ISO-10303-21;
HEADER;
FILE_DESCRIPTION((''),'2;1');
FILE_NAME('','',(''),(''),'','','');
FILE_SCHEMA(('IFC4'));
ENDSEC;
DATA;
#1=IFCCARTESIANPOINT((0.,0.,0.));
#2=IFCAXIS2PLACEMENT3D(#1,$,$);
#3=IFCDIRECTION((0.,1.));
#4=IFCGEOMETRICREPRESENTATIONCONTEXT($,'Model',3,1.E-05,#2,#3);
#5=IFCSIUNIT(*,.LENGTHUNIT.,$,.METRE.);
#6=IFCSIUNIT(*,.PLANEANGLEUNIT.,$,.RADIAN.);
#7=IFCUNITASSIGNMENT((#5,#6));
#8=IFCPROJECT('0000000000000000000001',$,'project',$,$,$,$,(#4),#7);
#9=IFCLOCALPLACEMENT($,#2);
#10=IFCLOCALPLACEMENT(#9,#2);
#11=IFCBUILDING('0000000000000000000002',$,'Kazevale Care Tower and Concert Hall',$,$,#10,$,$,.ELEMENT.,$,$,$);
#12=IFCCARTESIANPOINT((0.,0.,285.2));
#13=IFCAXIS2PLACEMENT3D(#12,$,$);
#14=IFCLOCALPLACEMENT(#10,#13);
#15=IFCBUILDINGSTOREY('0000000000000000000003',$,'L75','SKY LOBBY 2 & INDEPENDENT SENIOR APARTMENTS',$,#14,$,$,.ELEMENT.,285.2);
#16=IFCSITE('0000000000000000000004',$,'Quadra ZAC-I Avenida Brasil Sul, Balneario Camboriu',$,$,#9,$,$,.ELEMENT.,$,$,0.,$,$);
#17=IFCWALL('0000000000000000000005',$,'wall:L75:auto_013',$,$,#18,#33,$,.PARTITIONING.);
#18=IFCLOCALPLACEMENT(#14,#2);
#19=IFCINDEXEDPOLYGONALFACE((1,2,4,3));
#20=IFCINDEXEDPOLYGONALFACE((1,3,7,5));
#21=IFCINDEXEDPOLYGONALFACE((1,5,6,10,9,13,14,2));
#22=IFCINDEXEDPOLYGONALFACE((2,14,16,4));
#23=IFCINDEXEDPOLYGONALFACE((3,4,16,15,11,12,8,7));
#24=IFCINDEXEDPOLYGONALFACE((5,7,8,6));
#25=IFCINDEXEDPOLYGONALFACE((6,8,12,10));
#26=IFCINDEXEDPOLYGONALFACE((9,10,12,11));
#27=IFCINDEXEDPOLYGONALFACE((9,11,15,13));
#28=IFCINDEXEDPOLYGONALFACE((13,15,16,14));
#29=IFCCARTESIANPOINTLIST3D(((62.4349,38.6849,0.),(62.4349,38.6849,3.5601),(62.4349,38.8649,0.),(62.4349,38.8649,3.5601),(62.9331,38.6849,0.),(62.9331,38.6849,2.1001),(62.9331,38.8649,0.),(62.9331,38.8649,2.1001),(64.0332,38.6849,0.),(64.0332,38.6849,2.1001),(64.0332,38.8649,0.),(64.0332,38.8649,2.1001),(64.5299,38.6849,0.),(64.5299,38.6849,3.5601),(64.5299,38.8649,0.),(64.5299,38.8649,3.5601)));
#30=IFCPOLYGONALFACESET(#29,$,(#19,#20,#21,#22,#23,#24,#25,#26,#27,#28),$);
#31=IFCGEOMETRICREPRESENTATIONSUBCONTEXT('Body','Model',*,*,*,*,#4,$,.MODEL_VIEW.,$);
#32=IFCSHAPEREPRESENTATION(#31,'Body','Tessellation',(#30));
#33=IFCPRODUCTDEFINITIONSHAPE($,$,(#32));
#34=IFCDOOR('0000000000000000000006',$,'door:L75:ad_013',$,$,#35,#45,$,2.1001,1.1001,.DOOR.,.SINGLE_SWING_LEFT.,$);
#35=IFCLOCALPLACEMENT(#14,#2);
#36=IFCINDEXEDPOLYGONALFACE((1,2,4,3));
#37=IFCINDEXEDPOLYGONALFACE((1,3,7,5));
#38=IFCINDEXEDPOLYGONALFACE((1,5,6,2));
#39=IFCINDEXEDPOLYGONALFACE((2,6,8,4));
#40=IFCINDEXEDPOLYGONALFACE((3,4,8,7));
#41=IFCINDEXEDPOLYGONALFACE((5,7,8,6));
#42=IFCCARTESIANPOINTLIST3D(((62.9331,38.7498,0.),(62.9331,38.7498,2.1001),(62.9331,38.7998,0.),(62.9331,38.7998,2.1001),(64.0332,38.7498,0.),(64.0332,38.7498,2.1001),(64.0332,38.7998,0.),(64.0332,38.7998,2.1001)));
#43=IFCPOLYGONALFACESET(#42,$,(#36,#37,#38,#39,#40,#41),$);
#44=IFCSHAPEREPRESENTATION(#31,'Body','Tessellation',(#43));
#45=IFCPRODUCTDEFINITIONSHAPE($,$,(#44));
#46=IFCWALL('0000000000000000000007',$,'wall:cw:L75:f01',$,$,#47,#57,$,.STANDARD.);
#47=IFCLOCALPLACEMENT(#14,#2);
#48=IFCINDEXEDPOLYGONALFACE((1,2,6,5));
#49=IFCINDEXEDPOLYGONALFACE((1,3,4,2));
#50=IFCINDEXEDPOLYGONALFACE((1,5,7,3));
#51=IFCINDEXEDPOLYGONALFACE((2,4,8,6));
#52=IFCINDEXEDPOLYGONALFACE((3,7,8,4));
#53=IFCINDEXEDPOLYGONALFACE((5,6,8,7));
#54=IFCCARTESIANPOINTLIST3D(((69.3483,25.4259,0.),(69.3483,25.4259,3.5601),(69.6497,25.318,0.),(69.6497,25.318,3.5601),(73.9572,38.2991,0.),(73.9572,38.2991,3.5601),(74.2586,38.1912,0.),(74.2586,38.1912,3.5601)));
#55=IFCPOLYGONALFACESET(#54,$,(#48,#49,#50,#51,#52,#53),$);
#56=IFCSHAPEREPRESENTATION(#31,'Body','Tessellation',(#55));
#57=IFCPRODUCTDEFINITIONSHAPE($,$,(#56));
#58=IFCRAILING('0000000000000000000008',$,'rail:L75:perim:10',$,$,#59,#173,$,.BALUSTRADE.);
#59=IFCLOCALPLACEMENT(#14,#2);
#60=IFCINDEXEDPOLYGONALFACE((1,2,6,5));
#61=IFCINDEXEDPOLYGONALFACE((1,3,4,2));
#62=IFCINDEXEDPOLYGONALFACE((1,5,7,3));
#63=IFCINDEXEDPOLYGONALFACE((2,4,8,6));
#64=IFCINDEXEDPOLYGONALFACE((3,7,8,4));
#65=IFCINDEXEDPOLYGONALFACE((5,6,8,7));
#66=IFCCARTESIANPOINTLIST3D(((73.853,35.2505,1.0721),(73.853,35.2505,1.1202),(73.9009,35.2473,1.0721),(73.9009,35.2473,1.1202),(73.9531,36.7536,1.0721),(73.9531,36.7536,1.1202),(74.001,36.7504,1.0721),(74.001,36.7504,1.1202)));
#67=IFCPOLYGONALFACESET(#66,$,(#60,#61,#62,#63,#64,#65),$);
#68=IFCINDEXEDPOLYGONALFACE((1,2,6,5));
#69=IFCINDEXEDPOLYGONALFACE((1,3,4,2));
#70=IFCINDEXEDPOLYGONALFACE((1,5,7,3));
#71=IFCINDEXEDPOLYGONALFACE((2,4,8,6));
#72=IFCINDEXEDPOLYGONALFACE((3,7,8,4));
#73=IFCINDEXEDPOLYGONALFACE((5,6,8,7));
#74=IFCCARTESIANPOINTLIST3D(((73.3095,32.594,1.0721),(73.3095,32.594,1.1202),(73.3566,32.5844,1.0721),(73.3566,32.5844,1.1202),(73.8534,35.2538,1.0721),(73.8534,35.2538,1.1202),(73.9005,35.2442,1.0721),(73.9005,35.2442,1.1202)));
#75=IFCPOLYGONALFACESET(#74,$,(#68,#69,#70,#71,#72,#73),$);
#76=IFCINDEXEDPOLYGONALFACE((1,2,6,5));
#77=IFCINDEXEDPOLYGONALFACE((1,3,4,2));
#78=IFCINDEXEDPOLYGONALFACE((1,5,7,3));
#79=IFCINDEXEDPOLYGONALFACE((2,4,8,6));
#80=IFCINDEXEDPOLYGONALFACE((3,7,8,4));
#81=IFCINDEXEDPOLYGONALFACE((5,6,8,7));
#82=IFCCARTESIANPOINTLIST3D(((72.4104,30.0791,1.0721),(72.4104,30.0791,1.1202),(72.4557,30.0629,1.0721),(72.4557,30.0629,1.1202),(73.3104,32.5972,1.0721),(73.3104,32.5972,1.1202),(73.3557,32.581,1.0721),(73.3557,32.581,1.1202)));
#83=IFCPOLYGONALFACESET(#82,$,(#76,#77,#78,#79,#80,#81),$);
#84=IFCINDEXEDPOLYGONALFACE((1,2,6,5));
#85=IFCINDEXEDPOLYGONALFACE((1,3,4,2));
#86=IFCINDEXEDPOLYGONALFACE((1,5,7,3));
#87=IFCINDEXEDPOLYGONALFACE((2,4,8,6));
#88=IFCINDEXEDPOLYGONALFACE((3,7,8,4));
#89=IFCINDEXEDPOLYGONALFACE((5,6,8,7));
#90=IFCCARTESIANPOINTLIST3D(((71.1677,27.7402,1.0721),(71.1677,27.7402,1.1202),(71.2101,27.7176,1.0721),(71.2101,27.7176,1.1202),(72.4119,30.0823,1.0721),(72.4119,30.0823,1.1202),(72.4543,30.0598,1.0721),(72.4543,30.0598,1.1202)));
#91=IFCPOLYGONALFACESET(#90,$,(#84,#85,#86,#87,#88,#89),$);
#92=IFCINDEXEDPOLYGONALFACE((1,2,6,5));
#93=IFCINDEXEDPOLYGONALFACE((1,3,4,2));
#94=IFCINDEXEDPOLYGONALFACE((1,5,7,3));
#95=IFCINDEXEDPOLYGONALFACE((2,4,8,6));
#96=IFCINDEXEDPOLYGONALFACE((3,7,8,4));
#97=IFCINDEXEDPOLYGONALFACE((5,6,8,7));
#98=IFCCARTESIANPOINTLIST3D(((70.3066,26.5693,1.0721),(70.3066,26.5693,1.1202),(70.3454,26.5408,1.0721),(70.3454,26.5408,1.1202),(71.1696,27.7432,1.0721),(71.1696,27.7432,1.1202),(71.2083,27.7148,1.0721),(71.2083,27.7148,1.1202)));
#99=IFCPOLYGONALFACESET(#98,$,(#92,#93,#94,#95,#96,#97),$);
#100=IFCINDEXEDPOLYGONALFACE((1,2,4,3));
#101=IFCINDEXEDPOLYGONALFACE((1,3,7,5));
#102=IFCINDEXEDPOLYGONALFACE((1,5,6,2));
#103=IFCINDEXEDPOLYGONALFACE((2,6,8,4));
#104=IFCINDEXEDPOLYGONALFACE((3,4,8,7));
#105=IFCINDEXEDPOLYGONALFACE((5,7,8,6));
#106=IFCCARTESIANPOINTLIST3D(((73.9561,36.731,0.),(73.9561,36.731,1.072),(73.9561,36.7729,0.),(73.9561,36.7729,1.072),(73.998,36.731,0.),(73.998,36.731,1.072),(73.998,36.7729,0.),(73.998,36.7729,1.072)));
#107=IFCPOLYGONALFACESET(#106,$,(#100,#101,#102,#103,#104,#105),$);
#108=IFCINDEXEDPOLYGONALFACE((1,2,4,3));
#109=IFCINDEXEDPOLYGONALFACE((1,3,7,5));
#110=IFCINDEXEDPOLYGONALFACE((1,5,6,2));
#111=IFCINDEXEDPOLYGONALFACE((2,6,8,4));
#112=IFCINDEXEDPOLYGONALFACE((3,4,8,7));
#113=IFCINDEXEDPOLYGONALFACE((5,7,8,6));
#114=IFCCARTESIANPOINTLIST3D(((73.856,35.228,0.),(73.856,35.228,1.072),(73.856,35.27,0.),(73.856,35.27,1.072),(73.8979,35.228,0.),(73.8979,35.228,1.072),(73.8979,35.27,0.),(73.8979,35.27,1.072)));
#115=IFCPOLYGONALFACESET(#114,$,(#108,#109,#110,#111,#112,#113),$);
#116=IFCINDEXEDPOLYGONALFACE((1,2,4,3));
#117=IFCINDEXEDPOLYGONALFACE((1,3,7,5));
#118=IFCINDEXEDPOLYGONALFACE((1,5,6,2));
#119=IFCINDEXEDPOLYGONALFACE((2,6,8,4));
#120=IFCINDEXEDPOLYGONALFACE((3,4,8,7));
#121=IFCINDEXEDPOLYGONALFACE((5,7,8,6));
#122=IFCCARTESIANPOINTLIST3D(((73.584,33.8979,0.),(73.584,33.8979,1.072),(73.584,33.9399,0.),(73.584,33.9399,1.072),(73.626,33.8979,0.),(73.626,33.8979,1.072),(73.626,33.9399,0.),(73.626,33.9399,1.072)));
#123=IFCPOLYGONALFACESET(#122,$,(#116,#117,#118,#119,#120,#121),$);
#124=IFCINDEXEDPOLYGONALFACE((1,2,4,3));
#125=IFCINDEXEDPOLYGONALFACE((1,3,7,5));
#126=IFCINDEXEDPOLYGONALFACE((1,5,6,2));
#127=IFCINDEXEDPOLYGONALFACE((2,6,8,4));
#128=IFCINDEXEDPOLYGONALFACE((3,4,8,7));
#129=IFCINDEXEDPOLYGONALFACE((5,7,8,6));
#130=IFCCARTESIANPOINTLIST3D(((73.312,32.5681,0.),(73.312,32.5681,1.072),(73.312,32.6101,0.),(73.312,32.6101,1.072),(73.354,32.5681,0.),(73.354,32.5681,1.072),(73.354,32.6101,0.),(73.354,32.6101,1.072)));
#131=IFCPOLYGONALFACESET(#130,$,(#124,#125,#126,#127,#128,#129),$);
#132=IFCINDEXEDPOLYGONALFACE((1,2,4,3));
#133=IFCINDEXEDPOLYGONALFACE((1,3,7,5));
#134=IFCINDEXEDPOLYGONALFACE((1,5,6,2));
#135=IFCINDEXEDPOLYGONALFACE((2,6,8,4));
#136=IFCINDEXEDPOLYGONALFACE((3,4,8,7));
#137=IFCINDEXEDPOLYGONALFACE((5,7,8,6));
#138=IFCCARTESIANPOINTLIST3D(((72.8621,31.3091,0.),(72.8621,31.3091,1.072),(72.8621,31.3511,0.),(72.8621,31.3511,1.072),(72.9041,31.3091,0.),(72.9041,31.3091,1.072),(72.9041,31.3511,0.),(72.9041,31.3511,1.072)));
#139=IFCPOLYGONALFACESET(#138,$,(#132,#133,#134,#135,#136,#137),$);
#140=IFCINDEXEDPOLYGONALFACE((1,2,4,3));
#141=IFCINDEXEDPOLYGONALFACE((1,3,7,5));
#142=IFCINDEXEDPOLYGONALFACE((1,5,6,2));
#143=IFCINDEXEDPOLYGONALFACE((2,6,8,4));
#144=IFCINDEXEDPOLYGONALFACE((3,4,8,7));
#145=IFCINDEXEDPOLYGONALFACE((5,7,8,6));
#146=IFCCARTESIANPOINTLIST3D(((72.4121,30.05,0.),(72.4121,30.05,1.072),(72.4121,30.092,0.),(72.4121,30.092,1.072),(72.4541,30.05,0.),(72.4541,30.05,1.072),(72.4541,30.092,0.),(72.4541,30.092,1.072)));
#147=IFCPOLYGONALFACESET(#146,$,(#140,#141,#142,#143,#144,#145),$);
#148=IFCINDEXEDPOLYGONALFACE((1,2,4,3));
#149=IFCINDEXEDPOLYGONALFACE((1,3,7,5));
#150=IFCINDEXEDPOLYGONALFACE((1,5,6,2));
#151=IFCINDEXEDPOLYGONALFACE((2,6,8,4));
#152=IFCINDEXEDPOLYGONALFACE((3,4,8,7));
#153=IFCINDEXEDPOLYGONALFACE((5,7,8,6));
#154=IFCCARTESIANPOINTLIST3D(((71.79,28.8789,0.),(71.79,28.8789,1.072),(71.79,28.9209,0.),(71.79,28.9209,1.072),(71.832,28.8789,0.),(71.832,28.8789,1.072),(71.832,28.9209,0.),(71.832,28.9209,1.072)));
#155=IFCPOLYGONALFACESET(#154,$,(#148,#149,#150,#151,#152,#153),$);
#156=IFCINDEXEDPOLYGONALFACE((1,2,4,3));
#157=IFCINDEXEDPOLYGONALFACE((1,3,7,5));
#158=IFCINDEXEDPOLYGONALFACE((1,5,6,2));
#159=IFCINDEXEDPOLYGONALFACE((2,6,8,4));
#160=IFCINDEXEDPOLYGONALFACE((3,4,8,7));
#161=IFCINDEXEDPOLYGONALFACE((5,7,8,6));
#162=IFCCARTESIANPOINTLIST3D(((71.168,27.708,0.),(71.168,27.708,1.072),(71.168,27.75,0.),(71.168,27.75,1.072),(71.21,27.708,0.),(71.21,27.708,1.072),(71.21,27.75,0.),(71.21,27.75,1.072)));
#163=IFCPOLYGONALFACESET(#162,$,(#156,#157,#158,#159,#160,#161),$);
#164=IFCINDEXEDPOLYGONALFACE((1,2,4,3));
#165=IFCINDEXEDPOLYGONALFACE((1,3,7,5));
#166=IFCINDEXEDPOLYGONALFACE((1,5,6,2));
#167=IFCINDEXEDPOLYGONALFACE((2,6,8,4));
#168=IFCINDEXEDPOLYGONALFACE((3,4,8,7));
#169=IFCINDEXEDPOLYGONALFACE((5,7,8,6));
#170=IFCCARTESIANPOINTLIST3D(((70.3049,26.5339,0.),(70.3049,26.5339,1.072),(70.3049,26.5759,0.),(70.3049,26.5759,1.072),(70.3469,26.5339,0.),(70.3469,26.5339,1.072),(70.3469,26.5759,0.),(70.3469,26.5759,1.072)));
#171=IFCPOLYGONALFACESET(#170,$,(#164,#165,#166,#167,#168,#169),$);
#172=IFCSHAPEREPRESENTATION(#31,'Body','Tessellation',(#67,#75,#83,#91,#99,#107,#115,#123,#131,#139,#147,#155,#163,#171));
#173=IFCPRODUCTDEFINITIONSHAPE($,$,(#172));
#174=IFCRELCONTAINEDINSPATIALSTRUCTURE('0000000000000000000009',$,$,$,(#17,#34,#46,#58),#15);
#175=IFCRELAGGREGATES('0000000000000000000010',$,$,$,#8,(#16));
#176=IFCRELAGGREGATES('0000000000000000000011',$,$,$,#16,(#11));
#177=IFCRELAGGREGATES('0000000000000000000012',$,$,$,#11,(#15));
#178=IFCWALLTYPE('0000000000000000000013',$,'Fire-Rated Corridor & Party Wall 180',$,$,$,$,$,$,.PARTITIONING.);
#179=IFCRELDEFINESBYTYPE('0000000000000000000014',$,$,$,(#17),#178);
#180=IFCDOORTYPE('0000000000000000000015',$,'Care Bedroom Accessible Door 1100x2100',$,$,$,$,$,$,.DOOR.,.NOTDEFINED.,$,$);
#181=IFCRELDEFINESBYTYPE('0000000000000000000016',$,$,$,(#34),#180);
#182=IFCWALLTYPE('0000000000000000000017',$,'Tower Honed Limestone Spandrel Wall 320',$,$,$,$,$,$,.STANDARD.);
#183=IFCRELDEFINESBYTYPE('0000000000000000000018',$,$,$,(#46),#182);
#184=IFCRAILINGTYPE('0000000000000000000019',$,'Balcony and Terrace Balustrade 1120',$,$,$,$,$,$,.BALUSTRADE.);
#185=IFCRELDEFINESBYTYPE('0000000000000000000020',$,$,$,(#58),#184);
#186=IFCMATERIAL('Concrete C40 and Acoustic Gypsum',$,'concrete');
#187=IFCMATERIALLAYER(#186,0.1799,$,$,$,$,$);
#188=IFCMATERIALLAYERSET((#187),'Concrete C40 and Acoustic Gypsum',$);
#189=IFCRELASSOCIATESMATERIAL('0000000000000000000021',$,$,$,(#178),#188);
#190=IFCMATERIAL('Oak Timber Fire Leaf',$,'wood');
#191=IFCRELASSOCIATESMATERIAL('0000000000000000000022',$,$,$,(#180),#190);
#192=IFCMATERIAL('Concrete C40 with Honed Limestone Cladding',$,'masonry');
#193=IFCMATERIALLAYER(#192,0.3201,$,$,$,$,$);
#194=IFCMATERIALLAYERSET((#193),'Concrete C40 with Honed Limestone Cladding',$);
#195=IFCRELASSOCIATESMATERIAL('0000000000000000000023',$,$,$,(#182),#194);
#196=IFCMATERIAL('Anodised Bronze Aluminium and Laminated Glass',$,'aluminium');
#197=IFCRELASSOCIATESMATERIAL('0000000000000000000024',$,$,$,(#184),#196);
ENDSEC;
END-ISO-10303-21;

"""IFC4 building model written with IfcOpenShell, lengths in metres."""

from ifc_helpers import new_model, si_unit, direction, frame, frame_2d, origin, origin_2d, place, context, subcontext, project, spatial, rectangle, extrude, material, layer, layer_set, type_object, element, fill, save


model = new_model("IFC4")

# Units and contexts
model_context = context("Model", 3, precision=1e-05, world=origin(), true_north=direction((0.0, 1.0)))
body_context = subcontext(model_context, "Body", "Model", "MODEL_VIEW")
ifc_project = project(units=[si_unit("LENGTHUNIT", "METRE"), si_unit("PLANEANGLEUNIT", "RADIAN")], contexts=[model_context])

# Site, building, storey
site_placement = place(None, origin())
site = spatial("IfcSite", under=ifc_project, at=site_placement, Name="Quadra ZAC-I Avenida Brasil Sul, Balneario Camboriu", CompositionType="ELEMENT", RefElevation=0.0)
building_placement = place(site_placement, origin())
building = spatial("IfcBuilding", under=site, at=building_placement, Name="Kazevale Care Tower and Concert Hall", CompositionType="ELEMENT")
storey_placement = place(building_placement, frame((0.0, 0.0, 285.2)))
storey = spatial("IfcBuildingStorey", under=building, at=storey_placement, Name="L75", Description="SKY LOBBY 2 & INDEPENDENT SENIOR APARTMENTS", CompositionType="ELEMENT", Elevation=285.2)

# Wall, opening, door
ifc_material_1 = material(Name="Concrete C40 and Acoustic Gypsum", Category="concrete")
ifc_layer_1 = layer(ifc_material_1, 0.1799)
ifc_layer_set_1 = layer_set([ifc_layer_1], Name="Concrete C40 and Acoustic Gypsum")
wall_type_1 = type_object("IfcWallType", Name="Fire-Rated Corridor & Party Wall 180", PredefinedType="PARTITIONING", material=ifc_layer_set_1)
ifc_material_2 = material(Name="Oak Timber Fire Leaf", Category="wood")
door_type = type_object("IfcDoorType", Name="Care Bedroom Accessible Door 1100x2100", OperationType="NOTDEFINED", PredefinedType="DOOR", material=ifc_material_2)
wall_1_placement = place(storey_placement, frame((62.4351, 38.7749, 0.0), z_axis=(0.0, 0.0, 1.0), x_axis=(1.0, 0.0, 0.0)))
wall_1 = element("IfcWall", 1, at=wall_1_placement, inside=storey, type_object=wall_type_1, Name="wall:L75:auto_013", PredefinedType="PARTITIONING", context=body_context, shape_type="SweptSolid", body=[
    extrude(rectangle(XDim=2.095, YDim=0.1799, at=frame_2d((1.0474, 0.0))), origin(), (0.0, 0.0, 1.0), 3.5601),
])
opening_1_placement = place(wall_1_placement, frame((0.498, 0.0, 0.0)))
opening_1 = element("IfcOpeningElement", 2, at=opening_1_placement, cuts=wall_1, PredefinedType="OPENING", context=body_context, shape_type="SweptSolid", body=[
    extrude(rectangle(XDim=1.1001, YDim=2.1001, at=frame_2d((0.55, 1.05))), frame((0.0, 0.0999, 0.0), z_axis=(0.0, -1.0, 0.0), x_axis=(1.0, 0.0, 0.0)), (0.0, 0.0, 1.0), 0.2),
])
door_1_placement = place(opening_1_placement, origin())
door_1 = element("IfcDoor", 3, at=door_1_placement, inside=storey, type_object=door_type, Name="door:L75:ad_013", OperationType="SINGLE_SWING_LEFT", OverallHeight=2.1001, OverallWidth=1.1001, PredefinedType="DOOR", context=body_context, shape_type="SweptSolid", body=[
    extrude(rectangle(XDim=1.1001, YDim=2.1001, at=frame_2d((0.55, 1.05))), frame((0.0, 0.0249, 0.0), z_axis=(0.0, -1.0, 0.0), x_axis=(1.0, 0.0, 0.0)), (0.0, 0.0, 1.0), 0.05),
])
fill(opening_1, door_1)

# Wall
ifc_material_3 = material(Name="Concrete C40 with Honed Limestone Cladding", Category="masonry")
ifc_layer_2 = layer(ifc_material_3, 0.3201)
ifc_layer_set_2 = layer_set([ifc_layer_2], Name="Concrete C40 with Honed Limestone Cladding")
wall_type_2 = type_object("IfcWallType", Name="Tower Honed Limestone Spandrel Wall 320", PredefinedType="STANDARD", material=ifc_layer_set_2)
wall_2_placement = place(storey_placement, frame((74.1079, 38.2451, 0.0), z_axis=(0.0, 0.0, 1.0), x_axis=(-0.337074, -0.941478, 0.0)))
element("IfcWall", 4, at=wall_2_placement, inside=storey, type_object=wall_type_2, Name="wall:cw:L75:f01", PredefinedType="STANDARD", context=body_context, shape_type="SweptSolid", body=[
    extrude(rectangle(XDim=13.6733, YDim=0.3201, at=frame_2d((6.8367, 0.0))), origin(), (0.0, 0.0, 1.0), 3.5601),
])

# Railing
ifc_material_4 = material(Name="Anodised Bronze Aluminium and Laminated Glass", Category="aluminium")
railing_type = type_object("IfcRailingType", Name="Balcony and Terrace Balustrade 1120", PredefinedType="BALUSTRADE", material=ifc_material_4)
railing_1_placement = place(storey_placement, frame((73.9771, 36.752, 0.0)))
element("IfcRailing", 5, at=railing_1_placement, inside=storey, type_object=railing_type, Name="rail:L75:perim:10", PredefinedType="BALUSTRADE", context=body_context, shape_type="SweptSolid", body=[
    extrude(rectangle(XDim=0.0481, YDim=0.0481, at=origin_2d()), frame((0.0, 0.0, 1.0962), z_axis=(-0.066454, -0.997789, 0.0), x_axis=(0.997789, -0.066454, 0.0)), (0.0, 0.0, 1.0), 1.5063),
    extrude(rectangle(XDim=0.0481, YDim=0.0481, at=origin_2d()), frame((-0.1001, -1.5029, 1.0962), z_axis=(-0.200351, -0.979724, 0.0), x_axis=(0.979724, -0.200351, 0.0)), (0.0, 0.0, 1.0), 2.7148),
    extrude(rectangle(XDim=0.0481, YDim=0.0481, at=origin_2d()), frame((-0.644, -4.1628, 1.0962), z_axis=(-0.336533, -0.941672, 0.0), x_axis=(0.941672, -0.336533, 0.0)), (0.0, 0.0, 1.0), 2.6741),
    extrude(rectangle(XDim=0.0481, YDim=0.0481, at=origin_2d()), frame((-1.5439, -6.6809, 1.0962), z_axis=(-0.469135, -0.883126, 0.0), x_axis=(0.883126, -0.469135, 0.0)), (0.0, 0.0, 1.0), 2.6521),
    extrude(rectangle(XDim=0.0481, YDim=0.0481, at=origin_2d()), frame((-2.7881, -9.0229, 1.0962), z_axis=(-0.592278, -0.805733, 0.0), x_axis=(0.805733, -0.592278, 0.0)), (0.0, 0.0, 1.0), 1.457),
    extrude(rectangle(XDim=0.042, YDim=0.042, at=origin_2d()), origin(), (0.0, 0.0, 1.0), 1.072),
    extrude(rectangle(XDim=0.042, YDim=0.042, at=origin_2d()), frame((-0.1001, -1.5029, 0.0)), (0.0, 0.0, 1.0), 1.072),
    extrude(rectangle(XDim=0.042, YDim=0.042, at=origin_2d()), frame((-0.3721, -2.833, 0.0)), (0.0, 0.0, 1.0), 1.072),
    extrude(rectangle(XDim=0.042, YDim=0.042, at=origin_2d()), frame((-0.644, -4.1628, 0.0)), (0.0, 0.0, 1.0), 1.072),
    extrude(rectangle(XDim=0.042, YDim=0.042, at=origin_2d()), frame((-1.094, -5.4219, 0.0)), (0.0, 0.0, 1.0), 1.072),
    extrude(rectangle(XDim=0.042, YDim=0.042, at=origin_2d()), frame((-1.5439, -6.6809, 0.0)), (0.0, 0.0, 1.0), 1.072),
    extrude(rectangle(XDim=0.042, YDim=0.042, at=origin_2d()), frame((-2.166, -7.8521, 0.0)), (0.0, 0.0, 1.0), 1.072),
    extrude(rectangle(XDim=0.042, YDim=0.042, at=origin_2d()), frame((-2.7881, -9.0229, 0.0)), (0.0, 0.0, 1.0), 1.072),
    extrude(rectangle(XDim=0.042, YDim=0.042, at=origin_2d()), frame((-3.6511, -10.197, 0.0)), (0.0, 0.0, 1.0), 1.072),
])

save(model, "model.ifc")
